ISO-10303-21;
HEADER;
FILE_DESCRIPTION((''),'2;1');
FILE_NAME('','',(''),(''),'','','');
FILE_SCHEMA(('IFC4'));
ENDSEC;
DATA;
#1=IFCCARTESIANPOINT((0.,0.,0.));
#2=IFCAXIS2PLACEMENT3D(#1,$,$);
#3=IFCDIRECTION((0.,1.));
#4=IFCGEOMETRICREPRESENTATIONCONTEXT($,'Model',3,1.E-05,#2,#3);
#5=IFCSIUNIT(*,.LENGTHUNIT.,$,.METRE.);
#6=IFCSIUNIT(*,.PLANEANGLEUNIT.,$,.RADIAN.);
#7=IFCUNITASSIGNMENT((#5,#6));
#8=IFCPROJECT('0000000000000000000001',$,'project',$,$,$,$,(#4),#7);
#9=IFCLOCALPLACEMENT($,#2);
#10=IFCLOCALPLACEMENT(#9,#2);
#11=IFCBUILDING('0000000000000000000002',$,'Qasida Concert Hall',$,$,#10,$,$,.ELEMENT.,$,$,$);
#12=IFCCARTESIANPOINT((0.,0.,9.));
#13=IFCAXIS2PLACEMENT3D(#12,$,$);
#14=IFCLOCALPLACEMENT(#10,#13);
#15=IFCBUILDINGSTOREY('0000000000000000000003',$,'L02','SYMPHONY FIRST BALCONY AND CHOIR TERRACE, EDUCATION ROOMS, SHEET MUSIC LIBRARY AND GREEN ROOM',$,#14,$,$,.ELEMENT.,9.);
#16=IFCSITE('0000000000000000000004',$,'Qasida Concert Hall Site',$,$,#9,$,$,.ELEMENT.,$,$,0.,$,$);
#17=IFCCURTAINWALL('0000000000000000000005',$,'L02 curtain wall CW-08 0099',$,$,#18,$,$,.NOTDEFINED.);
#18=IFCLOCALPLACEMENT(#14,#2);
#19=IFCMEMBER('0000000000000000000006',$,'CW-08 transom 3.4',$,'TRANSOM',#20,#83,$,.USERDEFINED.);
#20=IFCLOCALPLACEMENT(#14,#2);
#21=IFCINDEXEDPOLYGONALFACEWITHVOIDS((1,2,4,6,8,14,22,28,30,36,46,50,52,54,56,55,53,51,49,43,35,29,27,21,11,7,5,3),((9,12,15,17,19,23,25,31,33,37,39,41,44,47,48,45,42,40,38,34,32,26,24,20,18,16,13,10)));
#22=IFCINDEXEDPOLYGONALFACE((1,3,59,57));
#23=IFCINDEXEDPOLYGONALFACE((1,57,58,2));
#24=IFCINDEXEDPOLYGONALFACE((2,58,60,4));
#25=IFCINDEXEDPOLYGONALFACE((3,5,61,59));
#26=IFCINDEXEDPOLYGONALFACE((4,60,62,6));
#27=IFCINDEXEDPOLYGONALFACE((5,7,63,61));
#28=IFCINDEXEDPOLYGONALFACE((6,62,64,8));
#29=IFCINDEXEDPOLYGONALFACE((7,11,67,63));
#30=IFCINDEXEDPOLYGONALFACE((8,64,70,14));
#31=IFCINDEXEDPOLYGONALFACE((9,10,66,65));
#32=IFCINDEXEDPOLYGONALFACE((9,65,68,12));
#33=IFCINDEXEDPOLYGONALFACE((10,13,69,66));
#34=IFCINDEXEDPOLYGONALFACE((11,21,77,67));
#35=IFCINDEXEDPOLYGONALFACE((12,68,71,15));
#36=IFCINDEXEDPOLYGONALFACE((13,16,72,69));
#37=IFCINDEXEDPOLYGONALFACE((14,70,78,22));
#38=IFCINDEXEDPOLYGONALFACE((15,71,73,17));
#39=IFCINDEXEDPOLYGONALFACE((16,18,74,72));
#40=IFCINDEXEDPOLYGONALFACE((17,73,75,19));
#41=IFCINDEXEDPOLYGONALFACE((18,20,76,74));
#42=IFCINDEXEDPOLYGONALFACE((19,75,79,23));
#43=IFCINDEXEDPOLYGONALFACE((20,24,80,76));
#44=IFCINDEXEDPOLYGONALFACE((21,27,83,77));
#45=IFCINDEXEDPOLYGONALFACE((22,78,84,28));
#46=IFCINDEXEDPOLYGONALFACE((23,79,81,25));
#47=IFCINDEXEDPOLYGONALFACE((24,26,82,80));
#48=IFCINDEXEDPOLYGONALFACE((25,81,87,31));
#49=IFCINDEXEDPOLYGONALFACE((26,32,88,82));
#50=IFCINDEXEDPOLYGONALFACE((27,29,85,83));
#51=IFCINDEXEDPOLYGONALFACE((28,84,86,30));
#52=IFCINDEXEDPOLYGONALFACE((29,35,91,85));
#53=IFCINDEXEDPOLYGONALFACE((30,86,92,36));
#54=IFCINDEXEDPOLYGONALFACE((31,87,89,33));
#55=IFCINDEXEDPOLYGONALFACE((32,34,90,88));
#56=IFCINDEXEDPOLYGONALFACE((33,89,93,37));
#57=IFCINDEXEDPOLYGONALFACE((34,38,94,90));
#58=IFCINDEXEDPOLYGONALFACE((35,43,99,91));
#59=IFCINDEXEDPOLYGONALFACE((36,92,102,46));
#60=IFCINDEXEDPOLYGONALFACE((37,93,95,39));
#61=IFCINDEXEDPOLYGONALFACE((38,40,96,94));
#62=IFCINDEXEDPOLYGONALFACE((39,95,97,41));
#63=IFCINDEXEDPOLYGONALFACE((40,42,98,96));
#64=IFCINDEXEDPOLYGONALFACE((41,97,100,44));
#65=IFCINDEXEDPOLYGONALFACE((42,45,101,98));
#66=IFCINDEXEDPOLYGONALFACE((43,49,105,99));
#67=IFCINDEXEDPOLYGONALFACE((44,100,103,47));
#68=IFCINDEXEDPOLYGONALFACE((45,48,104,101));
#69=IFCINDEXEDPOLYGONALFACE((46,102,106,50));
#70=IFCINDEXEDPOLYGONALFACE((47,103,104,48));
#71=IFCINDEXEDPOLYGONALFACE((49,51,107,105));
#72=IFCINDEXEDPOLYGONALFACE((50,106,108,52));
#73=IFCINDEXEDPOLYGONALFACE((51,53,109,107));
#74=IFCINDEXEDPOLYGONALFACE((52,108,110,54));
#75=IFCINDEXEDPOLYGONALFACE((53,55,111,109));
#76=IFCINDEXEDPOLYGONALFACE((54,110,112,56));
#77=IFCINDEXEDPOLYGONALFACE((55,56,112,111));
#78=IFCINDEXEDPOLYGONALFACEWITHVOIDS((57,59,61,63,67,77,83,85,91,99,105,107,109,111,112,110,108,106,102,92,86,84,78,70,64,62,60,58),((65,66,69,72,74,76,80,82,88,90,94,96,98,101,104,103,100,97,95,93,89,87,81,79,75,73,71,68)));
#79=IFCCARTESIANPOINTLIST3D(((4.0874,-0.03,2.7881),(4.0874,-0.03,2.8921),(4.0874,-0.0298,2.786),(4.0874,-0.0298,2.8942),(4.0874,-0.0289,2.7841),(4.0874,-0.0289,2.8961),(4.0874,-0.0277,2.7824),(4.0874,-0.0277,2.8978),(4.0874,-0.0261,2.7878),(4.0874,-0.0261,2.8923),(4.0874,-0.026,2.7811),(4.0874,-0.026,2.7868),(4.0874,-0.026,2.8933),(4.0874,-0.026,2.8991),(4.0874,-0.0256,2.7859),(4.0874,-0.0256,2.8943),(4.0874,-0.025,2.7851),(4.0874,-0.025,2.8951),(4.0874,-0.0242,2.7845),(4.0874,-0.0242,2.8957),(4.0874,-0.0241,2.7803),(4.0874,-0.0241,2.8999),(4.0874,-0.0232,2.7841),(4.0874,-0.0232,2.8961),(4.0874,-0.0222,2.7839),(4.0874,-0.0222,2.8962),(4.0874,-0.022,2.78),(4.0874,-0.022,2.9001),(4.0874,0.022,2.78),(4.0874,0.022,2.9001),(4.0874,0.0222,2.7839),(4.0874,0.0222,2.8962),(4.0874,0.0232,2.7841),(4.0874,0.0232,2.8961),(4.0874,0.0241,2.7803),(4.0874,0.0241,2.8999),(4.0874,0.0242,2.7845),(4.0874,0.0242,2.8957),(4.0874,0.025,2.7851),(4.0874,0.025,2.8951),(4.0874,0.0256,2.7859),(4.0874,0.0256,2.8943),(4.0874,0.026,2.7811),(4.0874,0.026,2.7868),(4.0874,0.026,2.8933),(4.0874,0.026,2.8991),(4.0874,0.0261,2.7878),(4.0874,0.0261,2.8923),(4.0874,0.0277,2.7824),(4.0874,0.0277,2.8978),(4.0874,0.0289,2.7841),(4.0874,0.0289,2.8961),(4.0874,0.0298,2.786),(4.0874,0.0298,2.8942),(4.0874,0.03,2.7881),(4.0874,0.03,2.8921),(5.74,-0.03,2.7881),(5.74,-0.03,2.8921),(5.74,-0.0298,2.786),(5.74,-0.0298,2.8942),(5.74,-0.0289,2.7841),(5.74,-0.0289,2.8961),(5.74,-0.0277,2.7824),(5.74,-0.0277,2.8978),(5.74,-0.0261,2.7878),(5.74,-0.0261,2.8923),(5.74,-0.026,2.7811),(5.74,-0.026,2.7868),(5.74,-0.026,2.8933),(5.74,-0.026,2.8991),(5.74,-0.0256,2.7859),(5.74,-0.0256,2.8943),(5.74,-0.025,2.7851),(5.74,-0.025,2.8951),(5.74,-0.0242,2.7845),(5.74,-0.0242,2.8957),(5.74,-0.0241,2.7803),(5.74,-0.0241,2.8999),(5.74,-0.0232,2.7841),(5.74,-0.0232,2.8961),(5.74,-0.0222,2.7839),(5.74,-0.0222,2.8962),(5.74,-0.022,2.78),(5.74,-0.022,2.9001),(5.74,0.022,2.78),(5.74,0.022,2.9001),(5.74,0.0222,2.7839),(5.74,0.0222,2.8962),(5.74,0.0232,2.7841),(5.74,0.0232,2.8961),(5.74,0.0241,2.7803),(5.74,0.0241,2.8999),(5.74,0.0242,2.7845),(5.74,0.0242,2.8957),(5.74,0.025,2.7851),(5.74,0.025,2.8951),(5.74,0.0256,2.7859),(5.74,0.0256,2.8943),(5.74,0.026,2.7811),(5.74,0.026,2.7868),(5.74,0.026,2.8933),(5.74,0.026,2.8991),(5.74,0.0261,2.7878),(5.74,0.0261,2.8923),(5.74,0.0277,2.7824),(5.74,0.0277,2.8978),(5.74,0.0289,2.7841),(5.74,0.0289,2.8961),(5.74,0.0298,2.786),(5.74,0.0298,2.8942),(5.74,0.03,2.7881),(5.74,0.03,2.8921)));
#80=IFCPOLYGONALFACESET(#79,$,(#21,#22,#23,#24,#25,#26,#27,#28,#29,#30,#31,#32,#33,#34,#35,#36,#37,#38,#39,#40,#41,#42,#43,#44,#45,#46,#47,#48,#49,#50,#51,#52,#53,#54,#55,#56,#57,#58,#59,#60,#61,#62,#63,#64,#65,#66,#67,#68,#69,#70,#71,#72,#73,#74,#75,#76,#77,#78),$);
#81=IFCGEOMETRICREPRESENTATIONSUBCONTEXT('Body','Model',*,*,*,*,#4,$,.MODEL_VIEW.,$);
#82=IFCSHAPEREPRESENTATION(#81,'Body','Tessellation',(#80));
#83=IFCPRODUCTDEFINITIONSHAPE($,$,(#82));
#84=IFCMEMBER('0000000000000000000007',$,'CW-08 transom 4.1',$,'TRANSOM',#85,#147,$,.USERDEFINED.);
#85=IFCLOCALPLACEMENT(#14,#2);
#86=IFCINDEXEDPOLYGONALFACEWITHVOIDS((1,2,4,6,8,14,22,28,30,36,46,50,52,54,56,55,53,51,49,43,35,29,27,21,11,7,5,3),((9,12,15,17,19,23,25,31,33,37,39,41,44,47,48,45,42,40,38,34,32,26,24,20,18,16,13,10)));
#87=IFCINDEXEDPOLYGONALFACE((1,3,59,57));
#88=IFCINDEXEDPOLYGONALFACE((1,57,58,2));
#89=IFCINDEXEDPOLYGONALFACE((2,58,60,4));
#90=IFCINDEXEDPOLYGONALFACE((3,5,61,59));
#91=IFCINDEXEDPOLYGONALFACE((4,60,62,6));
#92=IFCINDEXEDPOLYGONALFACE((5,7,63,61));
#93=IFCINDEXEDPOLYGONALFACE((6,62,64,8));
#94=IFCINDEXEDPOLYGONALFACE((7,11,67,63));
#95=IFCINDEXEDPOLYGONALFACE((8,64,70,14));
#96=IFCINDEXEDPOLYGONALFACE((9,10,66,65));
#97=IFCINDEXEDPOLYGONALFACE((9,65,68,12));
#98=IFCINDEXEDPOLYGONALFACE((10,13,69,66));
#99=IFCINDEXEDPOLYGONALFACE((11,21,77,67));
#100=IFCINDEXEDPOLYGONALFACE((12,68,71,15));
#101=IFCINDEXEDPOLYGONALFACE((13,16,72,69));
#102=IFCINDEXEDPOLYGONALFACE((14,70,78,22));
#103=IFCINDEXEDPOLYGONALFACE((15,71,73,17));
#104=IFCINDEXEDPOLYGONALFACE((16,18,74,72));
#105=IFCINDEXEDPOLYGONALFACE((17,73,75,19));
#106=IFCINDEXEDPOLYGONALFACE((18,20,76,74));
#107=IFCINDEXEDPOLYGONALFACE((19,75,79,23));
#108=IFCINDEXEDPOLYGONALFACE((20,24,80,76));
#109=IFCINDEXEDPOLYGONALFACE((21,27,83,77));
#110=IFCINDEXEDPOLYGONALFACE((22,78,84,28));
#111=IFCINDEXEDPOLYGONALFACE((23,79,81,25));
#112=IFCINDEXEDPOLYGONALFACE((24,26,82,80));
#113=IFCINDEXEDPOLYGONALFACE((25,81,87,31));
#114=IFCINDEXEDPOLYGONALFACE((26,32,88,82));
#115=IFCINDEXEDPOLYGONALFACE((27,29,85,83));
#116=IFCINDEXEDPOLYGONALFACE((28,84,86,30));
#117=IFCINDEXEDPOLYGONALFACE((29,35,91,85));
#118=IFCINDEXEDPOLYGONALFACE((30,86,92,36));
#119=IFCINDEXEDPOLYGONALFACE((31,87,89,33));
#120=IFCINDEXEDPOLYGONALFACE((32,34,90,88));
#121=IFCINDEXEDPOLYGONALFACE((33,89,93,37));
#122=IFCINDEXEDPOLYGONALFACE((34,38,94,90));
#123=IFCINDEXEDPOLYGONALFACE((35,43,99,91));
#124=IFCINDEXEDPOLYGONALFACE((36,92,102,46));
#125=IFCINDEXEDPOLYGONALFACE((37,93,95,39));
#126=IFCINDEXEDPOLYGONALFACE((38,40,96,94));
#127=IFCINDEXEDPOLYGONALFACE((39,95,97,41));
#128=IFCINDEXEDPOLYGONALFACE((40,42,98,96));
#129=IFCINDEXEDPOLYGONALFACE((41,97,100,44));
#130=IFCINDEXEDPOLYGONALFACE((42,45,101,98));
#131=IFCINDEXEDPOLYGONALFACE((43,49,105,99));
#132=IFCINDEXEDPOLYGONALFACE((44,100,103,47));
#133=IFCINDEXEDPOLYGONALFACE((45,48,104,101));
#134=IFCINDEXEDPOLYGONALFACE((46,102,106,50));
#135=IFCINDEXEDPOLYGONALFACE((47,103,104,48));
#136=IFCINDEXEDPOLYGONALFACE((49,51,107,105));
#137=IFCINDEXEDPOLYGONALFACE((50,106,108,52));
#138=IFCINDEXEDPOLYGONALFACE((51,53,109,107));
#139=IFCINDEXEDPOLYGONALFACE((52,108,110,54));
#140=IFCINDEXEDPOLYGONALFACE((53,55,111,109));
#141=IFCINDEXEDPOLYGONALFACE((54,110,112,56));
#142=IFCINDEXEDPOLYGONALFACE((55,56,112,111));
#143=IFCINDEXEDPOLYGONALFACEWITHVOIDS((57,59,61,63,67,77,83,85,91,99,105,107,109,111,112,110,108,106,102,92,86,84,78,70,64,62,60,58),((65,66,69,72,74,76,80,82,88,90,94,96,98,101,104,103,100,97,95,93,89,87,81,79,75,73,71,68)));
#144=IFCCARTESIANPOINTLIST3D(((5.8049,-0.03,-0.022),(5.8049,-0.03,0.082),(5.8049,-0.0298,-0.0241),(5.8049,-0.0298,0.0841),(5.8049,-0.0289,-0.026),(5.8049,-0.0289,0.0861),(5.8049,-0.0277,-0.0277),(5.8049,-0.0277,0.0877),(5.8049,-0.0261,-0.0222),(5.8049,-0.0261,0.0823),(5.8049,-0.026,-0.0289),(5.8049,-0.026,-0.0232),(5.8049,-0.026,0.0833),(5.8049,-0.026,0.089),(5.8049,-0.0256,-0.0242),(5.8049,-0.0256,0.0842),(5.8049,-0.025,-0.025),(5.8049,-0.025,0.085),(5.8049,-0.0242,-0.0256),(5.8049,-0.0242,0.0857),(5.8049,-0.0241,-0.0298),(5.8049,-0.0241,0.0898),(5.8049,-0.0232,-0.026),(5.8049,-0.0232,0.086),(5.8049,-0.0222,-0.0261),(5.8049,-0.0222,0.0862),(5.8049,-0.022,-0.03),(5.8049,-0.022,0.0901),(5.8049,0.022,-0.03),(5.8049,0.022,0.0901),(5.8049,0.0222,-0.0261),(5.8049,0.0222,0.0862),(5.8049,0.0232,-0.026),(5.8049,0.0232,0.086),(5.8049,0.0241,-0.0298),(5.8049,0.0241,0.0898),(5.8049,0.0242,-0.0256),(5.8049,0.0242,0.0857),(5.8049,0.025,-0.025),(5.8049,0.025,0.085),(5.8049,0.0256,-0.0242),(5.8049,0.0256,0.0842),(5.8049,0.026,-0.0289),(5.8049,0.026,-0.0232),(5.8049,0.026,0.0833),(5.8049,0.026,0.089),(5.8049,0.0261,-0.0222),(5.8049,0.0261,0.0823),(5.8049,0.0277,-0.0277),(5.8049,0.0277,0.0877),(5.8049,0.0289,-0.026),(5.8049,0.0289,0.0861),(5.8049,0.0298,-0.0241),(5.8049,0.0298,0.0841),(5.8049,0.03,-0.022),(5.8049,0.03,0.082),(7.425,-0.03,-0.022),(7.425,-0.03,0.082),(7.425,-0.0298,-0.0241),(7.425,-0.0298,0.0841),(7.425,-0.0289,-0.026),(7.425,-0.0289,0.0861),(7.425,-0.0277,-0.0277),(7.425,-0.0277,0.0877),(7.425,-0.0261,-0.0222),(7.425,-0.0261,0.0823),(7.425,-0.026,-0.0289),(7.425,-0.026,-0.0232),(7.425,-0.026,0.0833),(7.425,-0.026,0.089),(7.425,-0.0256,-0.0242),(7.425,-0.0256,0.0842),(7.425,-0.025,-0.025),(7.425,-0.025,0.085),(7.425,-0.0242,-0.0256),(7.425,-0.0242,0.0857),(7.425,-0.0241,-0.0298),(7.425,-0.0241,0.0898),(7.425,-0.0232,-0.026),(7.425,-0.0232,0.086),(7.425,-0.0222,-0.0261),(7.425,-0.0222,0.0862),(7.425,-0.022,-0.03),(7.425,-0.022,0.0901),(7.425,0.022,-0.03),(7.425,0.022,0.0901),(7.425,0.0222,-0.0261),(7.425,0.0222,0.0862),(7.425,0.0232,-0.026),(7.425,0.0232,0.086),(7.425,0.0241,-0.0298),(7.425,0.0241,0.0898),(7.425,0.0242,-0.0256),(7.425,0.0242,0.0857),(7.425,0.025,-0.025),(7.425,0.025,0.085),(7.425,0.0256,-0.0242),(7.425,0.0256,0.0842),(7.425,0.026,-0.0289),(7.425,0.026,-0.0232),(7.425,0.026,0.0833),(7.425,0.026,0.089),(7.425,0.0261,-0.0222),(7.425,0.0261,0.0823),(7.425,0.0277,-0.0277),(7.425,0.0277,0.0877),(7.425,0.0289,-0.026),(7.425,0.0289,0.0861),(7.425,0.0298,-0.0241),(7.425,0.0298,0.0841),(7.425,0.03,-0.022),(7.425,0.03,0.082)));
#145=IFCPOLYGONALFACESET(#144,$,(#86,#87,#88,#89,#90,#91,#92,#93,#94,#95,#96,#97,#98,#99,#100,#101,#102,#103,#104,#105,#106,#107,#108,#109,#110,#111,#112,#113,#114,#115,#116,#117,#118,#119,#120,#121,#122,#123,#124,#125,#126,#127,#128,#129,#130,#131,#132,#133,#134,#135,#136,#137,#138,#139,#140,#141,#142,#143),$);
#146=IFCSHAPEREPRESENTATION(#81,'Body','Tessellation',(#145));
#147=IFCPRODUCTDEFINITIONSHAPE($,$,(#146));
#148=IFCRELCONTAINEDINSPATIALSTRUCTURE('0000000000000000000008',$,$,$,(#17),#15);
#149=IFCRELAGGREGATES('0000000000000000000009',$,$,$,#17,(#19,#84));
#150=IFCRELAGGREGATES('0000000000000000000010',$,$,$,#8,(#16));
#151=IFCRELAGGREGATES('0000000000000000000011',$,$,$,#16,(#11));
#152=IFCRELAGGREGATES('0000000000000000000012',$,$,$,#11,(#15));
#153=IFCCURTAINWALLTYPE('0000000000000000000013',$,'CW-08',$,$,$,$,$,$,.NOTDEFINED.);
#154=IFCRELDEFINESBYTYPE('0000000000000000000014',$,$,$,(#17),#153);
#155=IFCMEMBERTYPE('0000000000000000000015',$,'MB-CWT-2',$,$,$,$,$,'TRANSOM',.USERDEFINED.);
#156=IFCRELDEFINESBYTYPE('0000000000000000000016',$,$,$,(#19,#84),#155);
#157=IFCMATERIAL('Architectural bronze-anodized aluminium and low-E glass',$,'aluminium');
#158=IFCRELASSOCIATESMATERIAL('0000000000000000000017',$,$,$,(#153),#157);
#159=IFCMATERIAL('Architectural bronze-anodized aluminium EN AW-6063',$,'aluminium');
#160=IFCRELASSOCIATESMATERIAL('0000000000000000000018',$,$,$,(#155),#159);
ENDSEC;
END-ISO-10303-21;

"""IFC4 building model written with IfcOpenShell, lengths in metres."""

from ifc_helpers import new_model, si_unit, direction, frame, origin, origin_2d, place, context, subcontext, project, spatial, hollow_rectangle, extrude, material, material_profile, profile_set, type_object, element, aggregate, save


model = new_model("IFC4")

# Units and contexts
model_context = context("Model", 3, precision=1e-05, world=origin(), true_north=direction((0.0, 1.0)))
body_context = subcontext(model_context, "Body", "Model", "MODEL_VIEW")
ifc_project = project(units=[si_unit("LENGTHUNIT", "METRE"), si_unit("PLANEANGLEUNIT", "RADIAN")], contexts=[model_context])

# Site, building, storey
site_placement = place(None, origin())
site = spatial("IfcSite", under=ifc_project, at=site_placement, Name="Qasida Concert Hall Site", CompositionType="ELEMENT", RefElevation=0.0)
building_placement = place(site_placement, origin())
building = spatial("IfcBuilding", under=site, at=building_placement, Name="Qasida Concert Hall", CompositionType="ELEMENT")
storey_placement = place(building_placement, frame((0.0, 0.0, 9.0)))
storey = spatial("IfcBuildingStorey", under=building, at=storey_placement, Name="L02", Description="SYMPHONY FIRST BALCONY AND CHOIR TERRACE, EDUCATION ROOMS, SHEET MUSIC LIBRARY AND GREEN ROOM", CompositionType="ELEMENT", Elevation=9.0)

# Curtain wall, members
ifc_material_1 = material(Name="Architectural bronze-anodized aluminium and low-E glass", Category="aluminium")
curtain_wall_type = type_object("IfcCurtainWallType", Name="CW-08", PredefinedType="NOTDEFINED", material=ifc_material_1)
curtain_wall_placement = place(storey_placement, origin())
curtain_wall = element("IfcCurtainWall", 1, at=curtain_wall_placement, inside=storey, type_object=curtain_wall_type, Name="L02 curtain wall CW-08 0099", PredefinedType="NOTDEFINED")
ifc_material_2 = material(Name="Architectural bronze-anodized aluminium EN AW-6063", Category="aluminium")
ifc_material_profile_1 = material_profile(ifc_material_2, hollow_rectangle(XDim=0.0601, YDim=0.1201, WallThickness=0.0039, InnerFilletRadius=0.0039, OuterFilletRadius=0.0081, at=origin_2d()), Name="CWT 120x60x4")
ifc_profile_set_1 = profile_set([ifc_material_profile_1], Name="Architectural bronze-anodized aluminium EN AW-6063")
member_type_1 = type_object("IfcMemberType", Name="MB-CWT-2", ElementType="TRANSOM", PredefinedType="USERDEFINED", material=ifc_profile_set_1)
member_1_placement = place(storey_placement, frame((4.0874, 0.0, 2.8401), z_axis=(1.0, 0.0, 0.0), x_axis=(0.0, 1.0, 0.0)))
member_1 = element("IfcMember", 2, at=member_1_placement, type_object=member_type_1, Name="CW-08 transom 3.4", ObjectType="TRANSOM", PredefinedType="USERDEFINED", context=body_context, shape_type="SweptSolid", body=[
    extrude(hollow_rectangle(XDim=0.0601, YDim=0.1201, WallThickness=0.0039, InnerFilletRadius=0.0039, OuterFilletRadius=0.0081, at=origin_2d()), origin(), (0.0, 0.0, 1.0), 1.6526),
])
member_2_placement = place(storey_placement, frame((5.8049, 0.0, 0.03), z_axis=(1.0, 0.0, 0.0), x_axis=(0.0, 1.0, 0.0)))
member_2 = element("IfcMember", 3, at=member_2_placement, type_object=member_type_1, Name="CW-08 transom 4.1", ObjectType="TRANSOM", PredefinedType="USERDEFINED", context=body_context, shape_type="SweptSolid", body=[
    extrude(hollow_rectangle(XDim=0.0601, YDim=0.1201, WallThickness=0.0039, InnerFilletRadius=0.0039, OuterFilletRadius=0.0081, at=origin_2d()), origin(), (0.0, 0.0, 1.0), 1.6201),
])
aggregate(curtain_wall, [member_1, member_2])

save(model, "model.ifc")
